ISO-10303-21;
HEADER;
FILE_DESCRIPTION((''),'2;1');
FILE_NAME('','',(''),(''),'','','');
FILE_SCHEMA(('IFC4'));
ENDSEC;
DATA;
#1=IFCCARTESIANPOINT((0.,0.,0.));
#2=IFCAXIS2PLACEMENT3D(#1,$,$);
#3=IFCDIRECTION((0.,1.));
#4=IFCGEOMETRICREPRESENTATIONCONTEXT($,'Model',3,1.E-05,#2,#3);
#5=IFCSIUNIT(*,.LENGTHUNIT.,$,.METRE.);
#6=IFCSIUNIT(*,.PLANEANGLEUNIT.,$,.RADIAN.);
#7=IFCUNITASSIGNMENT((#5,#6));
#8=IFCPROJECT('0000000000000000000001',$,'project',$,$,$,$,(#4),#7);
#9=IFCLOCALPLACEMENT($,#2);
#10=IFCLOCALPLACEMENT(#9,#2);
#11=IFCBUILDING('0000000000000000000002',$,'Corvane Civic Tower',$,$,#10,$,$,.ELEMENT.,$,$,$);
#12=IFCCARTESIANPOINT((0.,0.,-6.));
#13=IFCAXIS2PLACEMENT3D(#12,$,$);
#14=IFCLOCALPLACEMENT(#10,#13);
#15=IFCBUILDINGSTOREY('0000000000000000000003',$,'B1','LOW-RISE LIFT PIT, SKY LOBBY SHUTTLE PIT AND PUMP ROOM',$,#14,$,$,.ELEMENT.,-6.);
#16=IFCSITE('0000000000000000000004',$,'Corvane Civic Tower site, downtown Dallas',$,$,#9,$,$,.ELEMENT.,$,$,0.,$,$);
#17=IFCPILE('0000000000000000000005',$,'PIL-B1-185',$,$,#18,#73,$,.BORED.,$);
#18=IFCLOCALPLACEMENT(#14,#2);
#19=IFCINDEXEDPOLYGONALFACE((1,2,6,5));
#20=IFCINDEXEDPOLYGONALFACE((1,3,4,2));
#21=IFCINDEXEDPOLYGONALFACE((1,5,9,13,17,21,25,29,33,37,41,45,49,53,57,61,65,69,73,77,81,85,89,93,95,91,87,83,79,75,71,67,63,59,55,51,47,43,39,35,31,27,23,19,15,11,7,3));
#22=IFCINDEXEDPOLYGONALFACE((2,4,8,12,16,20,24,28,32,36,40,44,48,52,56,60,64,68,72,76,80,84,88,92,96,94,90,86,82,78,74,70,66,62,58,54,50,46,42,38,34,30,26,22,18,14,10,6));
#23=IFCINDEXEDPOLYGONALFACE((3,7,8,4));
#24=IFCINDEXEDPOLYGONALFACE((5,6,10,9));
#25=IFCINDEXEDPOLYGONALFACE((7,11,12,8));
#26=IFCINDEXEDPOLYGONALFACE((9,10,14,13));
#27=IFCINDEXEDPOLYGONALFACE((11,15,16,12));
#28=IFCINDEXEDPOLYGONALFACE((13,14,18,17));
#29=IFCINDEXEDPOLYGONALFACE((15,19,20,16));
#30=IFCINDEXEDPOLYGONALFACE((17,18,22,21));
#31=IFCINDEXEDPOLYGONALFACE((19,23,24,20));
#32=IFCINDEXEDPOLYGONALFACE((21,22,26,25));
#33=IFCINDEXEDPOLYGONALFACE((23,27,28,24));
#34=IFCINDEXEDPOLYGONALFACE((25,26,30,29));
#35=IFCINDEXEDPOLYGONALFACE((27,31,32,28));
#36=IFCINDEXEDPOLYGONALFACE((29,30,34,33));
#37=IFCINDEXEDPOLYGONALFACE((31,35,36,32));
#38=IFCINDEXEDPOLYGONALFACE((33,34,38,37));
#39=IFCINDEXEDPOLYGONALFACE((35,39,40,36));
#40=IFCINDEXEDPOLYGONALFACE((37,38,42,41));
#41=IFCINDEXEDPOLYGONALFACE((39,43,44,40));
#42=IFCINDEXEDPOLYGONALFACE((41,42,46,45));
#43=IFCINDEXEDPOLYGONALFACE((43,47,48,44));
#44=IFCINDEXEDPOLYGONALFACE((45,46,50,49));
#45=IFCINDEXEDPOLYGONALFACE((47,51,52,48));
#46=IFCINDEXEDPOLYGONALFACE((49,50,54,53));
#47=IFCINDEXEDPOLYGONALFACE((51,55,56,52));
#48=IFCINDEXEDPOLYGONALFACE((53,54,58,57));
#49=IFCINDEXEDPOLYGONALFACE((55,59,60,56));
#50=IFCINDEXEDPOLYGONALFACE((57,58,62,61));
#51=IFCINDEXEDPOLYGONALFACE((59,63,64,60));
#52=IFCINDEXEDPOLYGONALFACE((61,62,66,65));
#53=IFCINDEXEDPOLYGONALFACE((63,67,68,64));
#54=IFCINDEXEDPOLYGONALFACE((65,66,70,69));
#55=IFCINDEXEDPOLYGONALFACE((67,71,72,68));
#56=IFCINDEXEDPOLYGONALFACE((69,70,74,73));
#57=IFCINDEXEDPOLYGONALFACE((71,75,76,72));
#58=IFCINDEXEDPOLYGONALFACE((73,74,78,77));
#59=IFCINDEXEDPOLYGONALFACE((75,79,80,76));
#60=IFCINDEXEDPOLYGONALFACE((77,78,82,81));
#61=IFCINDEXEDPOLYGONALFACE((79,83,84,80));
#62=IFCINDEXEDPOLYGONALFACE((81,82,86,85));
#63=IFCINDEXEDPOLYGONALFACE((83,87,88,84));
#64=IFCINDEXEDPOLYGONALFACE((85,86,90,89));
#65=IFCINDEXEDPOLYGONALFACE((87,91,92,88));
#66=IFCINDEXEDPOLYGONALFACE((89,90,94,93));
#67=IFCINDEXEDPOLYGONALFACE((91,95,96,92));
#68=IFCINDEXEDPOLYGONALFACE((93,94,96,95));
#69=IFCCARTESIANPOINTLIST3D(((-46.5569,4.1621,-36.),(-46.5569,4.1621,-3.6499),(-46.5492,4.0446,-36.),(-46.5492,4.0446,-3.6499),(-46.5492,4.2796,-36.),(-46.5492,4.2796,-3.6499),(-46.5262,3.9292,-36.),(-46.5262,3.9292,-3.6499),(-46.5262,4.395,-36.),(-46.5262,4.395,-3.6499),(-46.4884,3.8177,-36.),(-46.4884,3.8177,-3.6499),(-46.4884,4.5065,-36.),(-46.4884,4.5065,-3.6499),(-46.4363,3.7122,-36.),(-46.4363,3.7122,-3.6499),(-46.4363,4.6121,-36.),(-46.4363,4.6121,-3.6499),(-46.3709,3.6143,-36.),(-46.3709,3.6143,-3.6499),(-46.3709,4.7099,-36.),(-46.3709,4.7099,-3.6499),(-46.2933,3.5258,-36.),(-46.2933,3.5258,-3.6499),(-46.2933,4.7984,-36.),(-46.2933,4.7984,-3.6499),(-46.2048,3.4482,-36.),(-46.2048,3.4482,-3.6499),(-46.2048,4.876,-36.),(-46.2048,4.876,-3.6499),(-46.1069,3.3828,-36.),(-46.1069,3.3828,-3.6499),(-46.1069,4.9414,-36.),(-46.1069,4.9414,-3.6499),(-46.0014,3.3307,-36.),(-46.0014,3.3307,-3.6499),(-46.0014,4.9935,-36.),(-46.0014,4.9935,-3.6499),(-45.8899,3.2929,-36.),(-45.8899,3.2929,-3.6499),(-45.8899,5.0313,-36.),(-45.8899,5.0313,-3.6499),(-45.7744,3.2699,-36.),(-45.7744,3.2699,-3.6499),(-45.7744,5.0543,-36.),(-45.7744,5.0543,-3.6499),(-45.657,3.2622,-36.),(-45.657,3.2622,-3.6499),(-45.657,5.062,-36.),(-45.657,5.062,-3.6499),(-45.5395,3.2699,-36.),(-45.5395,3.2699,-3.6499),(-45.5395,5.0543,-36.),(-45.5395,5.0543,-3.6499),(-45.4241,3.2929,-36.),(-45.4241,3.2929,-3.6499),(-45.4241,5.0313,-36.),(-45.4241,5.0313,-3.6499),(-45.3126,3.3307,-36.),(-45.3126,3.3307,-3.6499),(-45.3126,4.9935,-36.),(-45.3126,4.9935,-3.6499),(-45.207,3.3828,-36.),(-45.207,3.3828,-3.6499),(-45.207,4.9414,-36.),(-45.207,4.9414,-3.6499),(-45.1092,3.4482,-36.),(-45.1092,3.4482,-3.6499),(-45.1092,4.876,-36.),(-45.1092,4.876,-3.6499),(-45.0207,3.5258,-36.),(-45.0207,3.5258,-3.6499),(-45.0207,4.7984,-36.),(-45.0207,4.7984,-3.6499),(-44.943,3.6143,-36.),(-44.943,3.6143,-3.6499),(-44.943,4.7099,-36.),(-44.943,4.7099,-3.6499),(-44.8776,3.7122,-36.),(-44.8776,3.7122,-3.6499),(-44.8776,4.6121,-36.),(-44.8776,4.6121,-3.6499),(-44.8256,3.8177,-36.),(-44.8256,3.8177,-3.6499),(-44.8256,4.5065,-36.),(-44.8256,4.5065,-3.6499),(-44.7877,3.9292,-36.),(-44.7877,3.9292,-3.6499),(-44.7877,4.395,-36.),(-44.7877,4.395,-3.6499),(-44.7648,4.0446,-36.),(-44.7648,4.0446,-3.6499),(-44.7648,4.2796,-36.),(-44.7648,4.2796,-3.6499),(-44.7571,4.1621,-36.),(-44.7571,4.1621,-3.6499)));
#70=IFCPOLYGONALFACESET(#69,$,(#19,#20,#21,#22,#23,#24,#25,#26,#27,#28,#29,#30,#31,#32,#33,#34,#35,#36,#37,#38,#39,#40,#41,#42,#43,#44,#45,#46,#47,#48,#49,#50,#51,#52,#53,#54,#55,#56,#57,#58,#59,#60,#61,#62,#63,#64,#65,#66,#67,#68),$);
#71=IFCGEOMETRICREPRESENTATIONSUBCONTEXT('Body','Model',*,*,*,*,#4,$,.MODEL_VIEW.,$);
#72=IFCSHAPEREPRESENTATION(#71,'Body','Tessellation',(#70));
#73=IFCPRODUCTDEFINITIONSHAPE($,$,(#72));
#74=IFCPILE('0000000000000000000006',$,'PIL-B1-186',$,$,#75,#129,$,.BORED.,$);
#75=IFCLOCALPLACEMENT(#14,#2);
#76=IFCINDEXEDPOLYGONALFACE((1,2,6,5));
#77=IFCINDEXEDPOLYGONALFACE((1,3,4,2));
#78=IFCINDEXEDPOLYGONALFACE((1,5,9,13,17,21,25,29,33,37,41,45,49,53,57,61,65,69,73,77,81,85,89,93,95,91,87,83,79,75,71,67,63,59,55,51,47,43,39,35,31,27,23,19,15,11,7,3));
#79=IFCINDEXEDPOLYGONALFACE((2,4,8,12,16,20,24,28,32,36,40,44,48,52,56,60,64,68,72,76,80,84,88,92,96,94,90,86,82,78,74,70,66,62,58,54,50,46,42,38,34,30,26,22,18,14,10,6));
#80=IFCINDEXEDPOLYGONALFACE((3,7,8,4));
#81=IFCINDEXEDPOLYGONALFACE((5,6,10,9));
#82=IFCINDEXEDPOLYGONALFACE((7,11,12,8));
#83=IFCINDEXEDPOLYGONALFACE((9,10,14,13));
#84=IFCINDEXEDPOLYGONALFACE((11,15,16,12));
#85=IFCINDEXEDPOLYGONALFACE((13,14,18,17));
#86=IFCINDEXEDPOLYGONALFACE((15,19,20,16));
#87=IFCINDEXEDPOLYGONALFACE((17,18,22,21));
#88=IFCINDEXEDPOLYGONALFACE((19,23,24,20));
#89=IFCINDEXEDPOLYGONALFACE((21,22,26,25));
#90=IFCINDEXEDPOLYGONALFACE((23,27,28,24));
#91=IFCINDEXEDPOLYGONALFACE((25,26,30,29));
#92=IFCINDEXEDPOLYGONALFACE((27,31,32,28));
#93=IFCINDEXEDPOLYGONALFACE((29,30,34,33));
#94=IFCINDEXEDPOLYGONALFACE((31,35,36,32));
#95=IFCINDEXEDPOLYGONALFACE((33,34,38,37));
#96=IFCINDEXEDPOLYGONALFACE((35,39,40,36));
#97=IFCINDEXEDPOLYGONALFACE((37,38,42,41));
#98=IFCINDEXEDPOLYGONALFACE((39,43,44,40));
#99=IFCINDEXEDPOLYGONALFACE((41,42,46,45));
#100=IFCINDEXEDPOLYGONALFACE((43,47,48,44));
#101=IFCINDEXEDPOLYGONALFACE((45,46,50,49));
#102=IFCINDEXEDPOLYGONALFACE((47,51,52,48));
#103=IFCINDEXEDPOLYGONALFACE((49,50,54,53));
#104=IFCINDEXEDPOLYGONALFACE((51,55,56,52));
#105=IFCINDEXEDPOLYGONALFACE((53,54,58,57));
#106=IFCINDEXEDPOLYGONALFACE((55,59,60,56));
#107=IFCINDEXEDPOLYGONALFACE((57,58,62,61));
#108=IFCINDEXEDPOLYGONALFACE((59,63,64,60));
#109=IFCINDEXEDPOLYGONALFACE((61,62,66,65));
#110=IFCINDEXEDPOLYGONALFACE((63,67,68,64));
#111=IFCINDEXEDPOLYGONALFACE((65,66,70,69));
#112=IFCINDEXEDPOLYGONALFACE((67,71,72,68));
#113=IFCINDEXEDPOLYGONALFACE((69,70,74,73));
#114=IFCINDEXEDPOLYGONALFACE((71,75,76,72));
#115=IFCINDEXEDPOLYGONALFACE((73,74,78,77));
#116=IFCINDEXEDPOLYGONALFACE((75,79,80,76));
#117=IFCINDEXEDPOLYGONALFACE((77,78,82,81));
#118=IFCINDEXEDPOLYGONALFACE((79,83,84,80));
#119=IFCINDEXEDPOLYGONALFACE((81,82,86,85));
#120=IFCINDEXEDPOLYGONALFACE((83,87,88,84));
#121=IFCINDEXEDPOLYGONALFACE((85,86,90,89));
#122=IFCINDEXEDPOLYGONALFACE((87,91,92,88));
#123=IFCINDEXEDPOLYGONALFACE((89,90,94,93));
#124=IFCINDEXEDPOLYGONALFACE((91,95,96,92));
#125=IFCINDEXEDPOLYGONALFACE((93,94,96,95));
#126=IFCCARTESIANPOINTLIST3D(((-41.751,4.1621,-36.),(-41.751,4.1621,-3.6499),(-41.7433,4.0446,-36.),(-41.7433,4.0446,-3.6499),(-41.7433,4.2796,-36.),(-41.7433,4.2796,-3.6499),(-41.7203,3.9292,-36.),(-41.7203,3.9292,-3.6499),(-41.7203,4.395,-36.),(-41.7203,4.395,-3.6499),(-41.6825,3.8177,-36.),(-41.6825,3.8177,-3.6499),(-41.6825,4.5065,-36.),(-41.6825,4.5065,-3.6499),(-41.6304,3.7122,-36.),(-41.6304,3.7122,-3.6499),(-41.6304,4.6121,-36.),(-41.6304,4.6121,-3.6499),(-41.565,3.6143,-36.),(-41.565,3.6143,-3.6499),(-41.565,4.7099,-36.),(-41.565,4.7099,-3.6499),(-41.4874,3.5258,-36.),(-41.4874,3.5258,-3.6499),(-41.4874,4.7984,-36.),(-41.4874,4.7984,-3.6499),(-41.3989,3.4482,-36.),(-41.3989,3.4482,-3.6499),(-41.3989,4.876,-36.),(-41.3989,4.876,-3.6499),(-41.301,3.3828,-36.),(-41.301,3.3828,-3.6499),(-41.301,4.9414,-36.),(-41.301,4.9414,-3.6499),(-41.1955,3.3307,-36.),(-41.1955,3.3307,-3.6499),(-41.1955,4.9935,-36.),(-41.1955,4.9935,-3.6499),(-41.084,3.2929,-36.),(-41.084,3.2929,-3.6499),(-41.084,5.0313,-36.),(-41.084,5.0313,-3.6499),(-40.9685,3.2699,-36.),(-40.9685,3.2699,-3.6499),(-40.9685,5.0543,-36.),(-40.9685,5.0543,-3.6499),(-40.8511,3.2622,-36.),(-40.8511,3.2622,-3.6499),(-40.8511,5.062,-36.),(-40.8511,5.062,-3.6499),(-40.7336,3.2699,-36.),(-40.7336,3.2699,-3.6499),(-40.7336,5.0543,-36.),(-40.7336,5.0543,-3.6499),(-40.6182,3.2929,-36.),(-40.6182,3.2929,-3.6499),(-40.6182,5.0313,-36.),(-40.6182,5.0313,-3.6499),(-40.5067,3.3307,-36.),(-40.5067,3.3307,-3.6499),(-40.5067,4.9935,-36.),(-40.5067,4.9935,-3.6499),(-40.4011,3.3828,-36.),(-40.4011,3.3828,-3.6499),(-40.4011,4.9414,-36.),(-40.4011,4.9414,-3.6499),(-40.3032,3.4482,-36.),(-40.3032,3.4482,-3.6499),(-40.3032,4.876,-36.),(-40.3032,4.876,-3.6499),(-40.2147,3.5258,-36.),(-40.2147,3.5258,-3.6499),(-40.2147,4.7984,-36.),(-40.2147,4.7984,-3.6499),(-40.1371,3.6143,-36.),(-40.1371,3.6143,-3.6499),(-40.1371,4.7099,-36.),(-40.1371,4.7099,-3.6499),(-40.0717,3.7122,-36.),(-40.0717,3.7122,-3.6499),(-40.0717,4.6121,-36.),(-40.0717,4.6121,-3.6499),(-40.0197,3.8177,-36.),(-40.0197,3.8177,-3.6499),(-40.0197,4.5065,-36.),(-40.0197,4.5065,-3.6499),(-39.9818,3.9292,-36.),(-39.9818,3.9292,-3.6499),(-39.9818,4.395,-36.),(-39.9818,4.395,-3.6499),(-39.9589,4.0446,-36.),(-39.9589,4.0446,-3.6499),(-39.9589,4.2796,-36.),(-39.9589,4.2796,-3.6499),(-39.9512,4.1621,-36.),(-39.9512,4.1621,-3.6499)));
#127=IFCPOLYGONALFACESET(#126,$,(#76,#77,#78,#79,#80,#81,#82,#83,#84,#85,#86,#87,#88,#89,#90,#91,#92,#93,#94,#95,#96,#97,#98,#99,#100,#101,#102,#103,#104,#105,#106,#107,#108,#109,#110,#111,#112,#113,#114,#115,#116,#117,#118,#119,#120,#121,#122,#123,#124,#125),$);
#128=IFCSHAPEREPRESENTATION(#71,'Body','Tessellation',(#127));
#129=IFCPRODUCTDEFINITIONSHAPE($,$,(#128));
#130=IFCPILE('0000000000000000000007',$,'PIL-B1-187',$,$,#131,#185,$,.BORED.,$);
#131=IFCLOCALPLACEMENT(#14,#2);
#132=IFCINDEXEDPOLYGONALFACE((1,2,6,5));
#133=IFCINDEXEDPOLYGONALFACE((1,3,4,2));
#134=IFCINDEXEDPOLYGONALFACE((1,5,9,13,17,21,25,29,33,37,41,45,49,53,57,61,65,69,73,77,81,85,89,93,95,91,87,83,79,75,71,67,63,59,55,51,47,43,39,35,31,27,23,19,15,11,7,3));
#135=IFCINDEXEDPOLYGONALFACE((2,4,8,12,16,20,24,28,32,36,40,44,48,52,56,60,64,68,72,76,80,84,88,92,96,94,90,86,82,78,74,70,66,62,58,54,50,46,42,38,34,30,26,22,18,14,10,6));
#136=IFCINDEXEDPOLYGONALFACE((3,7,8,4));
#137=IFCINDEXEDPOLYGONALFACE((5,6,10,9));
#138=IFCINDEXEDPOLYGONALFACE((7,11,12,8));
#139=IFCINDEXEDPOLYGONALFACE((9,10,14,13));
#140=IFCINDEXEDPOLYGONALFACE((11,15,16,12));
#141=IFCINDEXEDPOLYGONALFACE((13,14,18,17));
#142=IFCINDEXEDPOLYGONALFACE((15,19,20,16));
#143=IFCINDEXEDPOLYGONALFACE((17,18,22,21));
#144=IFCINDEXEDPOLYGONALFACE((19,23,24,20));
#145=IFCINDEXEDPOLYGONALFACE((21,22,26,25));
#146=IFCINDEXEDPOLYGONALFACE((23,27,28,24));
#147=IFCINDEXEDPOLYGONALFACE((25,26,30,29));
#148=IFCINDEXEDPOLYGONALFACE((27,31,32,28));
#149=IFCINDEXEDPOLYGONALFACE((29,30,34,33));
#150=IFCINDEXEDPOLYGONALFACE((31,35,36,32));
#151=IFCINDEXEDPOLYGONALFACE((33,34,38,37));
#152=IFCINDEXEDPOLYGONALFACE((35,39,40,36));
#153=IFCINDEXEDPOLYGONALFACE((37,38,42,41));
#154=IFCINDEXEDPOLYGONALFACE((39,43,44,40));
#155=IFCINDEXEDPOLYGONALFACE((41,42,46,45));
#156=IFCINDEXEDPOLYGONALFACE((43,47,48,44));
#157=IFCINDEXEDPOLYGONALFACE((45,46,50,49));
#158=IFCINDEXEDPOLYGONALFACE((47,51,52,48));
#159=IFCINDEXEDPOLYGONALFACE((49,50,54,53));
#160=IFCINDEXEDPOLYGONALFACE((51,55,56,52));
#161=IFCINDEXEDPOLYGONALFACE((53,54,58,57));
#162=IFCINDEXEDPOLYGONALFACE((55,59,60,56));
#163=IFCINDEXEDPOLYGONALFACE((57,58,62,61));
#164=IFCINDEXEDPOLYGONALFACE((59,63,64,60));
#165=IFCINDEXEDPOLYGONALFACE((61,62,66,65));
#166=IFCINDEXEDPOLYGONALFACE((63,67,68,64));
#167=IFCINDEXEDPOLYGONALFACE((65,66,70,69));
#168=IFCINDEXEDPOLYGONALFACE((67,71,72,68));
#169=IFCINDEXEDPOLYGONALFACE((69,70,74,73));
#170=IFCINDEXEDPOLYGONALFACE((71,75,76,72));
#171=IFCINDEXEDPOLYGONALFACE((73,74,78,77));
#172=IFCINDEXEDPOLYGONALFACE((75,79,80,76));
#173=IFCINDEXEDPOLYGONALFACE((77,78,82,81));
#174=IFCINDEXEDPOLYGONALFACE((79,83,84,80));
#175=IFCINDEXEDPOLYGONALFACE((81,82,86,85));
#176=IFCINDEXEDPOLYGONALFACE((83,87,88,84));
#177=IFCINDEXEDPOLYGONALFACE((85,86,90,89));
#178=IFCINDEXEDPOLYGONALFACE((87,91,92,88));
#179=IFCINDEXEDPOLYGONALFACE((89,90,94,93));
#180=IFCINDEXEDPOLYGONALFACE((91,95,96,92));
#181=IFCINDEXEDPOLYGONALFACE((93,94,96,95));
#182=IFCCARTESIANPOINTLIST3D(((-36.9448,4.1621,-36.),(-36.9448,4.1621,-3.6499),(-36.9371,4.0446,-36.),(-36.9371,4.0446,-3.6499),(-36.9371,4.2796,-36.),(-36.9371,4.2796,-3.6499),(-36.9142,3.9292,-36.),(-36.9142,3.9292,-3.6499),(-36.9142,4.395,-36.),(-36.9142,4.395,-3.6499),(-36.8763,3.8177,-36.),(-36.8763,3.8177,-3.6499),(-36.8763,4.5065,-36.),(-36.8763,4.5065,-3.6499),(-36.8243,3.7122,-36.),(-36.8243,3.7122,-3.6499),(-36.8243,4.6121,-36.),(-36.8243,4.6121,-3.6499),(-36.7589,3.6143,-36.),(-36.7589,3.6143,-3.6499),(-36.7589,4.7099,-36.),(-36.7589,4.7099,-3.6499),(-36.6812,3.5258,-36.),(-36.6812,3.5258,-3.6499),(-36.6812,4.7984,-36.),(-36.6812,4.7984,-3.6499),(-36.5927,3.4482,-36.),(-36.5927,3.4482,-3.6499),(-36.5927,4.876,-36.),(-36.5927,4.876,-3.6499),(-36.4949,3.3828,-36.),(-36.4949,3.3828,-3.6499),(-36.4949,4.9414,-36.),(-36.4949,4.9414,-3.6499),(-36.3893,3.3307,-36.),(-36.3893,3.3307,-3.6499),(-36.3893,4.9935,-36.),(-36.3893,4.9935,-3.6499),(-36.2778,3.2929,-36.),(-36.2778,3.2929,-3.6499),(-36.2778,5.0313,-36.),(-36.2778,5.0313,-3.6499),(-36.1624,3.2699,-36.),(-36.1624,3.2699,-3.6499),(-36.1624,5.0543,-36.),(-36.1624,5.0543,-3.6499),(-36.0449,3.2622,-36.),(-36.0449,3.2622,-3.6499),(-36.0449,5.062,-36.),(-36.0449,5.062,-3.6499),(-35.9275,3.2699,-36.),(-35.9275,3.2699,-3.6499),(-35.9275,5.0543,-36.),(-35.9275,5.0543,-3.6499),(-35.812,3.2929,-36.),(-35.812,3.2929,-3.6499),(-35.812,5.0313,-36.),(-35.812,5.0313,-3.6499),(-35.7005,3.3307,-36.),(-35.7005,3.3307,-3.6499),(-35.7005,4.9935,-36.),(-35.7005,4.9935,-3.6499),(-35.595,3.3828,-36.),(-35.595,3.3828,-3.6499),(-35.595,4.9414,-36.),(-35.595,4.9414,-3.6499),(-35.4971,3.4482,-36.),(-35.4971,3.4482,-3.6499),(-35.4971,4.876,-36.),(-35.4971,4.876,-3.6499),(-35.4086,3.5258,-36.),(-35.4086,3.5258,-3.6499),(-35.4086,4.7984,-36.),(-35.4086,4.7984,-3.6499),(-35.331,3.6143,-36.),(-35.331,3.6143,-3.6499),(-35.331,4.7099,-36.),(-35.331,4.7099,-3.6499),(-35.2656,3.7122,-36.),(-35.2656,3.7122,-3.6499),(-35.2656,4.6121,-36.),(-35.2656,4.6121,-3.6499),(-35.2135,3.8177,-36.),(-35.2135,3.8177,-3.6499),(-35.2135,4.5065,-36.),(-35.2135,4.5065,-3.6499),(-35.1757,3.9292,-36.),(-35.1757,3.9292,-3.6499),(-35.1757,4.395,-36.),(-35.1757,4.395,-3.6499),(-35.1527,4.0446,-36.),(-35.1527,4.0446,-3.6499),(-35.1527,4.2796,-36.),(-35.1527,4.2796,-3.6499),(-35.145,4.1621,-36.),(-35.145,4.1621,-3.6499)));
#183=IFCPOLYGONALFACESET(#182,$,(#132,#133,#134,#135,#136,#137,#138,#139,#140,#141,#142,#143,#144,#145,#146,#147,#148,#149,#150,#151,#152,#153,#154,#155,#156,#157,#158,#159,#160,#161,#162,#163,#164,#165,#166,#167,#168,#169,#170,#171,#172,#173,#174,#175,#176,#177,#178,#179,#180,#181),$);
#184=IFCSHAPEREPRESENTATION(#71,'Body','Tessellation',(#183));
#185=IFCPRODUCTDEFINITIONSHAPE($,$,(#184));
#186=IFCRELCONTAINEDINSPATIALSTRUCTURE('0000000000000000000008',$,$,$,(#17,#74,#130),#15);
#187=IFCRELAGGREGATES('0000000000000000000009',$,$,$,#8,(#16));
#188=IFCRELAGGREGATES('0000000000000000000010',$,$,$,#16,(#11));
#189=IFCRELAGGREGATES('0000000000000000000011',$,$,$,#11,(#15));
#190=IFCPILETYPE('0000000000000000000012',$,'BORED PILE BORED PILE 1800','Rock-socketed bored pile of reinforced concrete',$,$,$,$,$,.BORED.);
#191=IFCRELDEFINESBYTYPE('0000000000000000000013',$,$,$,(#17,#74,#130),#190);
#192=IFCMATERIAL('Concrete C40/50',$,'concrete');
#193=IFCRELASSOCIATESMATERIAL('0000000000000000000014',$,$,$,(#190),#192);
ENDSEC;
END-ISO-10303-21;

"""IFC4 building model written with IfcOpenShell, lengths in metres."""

from ifc_helpers import new_model, si_unit, direction, frame, origin, origin_2d, place, context, subcontext, project, spatial, circle, extrude, material, material_profile, profile_set, type_object, element, save


model = new_model("IFC4")

# Units and contexts
model_context = context("Model", 3, precision=1e-05, world=origin(), true_north=direction((0.0, 1.0)))
body_context = subcontext(model_context, "Body", "Model", "MODEL_VIEW")
ifc_project = project(units=[si_unit("LENGTHUNIT", "METRE"), si_unit("PLANEANGLEUNIT", "RADIAN")], contexts=[model_context])

# Site, building, storey
site_placement = place(None, origin())
site = spatial("IfcSite", under=ifc_project, at=site_placement, Name="Corvane Civic Tower site, downtown Dallas", CompositionType="ELEMENT", RefElevation=0.0)
building_placement = place(site_placement, origin())
building = spatial("IfcBuilding", under=site, at=building_placement, Name="Corvane Civic Tower", CompositionType="ELEMENT")
storey_placement = place(building_placement, frame((0.0, 0.0, -6.0)))
storey = spatial("IfcBuildingStorey", under=building, at=storey_placement, Name="B1", Description="LOW-RISE LIFT PIT, SKY LOBBY SHUTTLE PIT AND PUMP ROOM", CompositionType="ELEMENT", Elevation=-6.0)

# Piles
ifc_material_1 = material(Name="Concrete C40/50", Category="concrete")
ifc_material_profile_1 = material_profile(ifc_material_1, circle(Radius=0.8999, at=origin_2d()), Name="BORED PILE 1800")
ifc_profile_set_1 = profile_set([ifc_material_profile_1], Name="Concrete C40/50")
pile_type_1 = type_object("IfcPileType", Name="BORED PILE BORED PILE 1800", Description="Rock-socketed bored pile of reinforced concrete", PredefinedType="BORED", material=ifc_profile_set_1)
for number, where, z_axis, x_axis, name in (
    (1, (-45.657, 4.1621, -3.6499), (0.0, 0.0, -1.0), (1.0, 0.0, 0.0), "PIL-B1-185"),
    (2, (-40.8511, 4.1621, -3.6499), (0.0, 0.0, -1.0), (1.0, 0.0, 0.0), "PIL-B1-186"),
    (3, (-36.0449, 4.1621, -3.6499), (0.0, 0.0, -1.0), (1.0, 0.0, 0.0), "PIL-B1-187"),
):
    element("IfcPile", number, at=place(storey_placement, frame(where, z_axis=z_axis, x_axis=x_axis)), inside=storey, type_object=pile_type_1, Name=name, PredefinedType="BORED", context=body_context, shape_type="SweptSolid", body=[
        extrude(circle(Radius=0.8999, at=origin_2d()), origin(), (0.0, 0.0, 1.0), 32.3501),
    ])

save(model, "model.ifc")
